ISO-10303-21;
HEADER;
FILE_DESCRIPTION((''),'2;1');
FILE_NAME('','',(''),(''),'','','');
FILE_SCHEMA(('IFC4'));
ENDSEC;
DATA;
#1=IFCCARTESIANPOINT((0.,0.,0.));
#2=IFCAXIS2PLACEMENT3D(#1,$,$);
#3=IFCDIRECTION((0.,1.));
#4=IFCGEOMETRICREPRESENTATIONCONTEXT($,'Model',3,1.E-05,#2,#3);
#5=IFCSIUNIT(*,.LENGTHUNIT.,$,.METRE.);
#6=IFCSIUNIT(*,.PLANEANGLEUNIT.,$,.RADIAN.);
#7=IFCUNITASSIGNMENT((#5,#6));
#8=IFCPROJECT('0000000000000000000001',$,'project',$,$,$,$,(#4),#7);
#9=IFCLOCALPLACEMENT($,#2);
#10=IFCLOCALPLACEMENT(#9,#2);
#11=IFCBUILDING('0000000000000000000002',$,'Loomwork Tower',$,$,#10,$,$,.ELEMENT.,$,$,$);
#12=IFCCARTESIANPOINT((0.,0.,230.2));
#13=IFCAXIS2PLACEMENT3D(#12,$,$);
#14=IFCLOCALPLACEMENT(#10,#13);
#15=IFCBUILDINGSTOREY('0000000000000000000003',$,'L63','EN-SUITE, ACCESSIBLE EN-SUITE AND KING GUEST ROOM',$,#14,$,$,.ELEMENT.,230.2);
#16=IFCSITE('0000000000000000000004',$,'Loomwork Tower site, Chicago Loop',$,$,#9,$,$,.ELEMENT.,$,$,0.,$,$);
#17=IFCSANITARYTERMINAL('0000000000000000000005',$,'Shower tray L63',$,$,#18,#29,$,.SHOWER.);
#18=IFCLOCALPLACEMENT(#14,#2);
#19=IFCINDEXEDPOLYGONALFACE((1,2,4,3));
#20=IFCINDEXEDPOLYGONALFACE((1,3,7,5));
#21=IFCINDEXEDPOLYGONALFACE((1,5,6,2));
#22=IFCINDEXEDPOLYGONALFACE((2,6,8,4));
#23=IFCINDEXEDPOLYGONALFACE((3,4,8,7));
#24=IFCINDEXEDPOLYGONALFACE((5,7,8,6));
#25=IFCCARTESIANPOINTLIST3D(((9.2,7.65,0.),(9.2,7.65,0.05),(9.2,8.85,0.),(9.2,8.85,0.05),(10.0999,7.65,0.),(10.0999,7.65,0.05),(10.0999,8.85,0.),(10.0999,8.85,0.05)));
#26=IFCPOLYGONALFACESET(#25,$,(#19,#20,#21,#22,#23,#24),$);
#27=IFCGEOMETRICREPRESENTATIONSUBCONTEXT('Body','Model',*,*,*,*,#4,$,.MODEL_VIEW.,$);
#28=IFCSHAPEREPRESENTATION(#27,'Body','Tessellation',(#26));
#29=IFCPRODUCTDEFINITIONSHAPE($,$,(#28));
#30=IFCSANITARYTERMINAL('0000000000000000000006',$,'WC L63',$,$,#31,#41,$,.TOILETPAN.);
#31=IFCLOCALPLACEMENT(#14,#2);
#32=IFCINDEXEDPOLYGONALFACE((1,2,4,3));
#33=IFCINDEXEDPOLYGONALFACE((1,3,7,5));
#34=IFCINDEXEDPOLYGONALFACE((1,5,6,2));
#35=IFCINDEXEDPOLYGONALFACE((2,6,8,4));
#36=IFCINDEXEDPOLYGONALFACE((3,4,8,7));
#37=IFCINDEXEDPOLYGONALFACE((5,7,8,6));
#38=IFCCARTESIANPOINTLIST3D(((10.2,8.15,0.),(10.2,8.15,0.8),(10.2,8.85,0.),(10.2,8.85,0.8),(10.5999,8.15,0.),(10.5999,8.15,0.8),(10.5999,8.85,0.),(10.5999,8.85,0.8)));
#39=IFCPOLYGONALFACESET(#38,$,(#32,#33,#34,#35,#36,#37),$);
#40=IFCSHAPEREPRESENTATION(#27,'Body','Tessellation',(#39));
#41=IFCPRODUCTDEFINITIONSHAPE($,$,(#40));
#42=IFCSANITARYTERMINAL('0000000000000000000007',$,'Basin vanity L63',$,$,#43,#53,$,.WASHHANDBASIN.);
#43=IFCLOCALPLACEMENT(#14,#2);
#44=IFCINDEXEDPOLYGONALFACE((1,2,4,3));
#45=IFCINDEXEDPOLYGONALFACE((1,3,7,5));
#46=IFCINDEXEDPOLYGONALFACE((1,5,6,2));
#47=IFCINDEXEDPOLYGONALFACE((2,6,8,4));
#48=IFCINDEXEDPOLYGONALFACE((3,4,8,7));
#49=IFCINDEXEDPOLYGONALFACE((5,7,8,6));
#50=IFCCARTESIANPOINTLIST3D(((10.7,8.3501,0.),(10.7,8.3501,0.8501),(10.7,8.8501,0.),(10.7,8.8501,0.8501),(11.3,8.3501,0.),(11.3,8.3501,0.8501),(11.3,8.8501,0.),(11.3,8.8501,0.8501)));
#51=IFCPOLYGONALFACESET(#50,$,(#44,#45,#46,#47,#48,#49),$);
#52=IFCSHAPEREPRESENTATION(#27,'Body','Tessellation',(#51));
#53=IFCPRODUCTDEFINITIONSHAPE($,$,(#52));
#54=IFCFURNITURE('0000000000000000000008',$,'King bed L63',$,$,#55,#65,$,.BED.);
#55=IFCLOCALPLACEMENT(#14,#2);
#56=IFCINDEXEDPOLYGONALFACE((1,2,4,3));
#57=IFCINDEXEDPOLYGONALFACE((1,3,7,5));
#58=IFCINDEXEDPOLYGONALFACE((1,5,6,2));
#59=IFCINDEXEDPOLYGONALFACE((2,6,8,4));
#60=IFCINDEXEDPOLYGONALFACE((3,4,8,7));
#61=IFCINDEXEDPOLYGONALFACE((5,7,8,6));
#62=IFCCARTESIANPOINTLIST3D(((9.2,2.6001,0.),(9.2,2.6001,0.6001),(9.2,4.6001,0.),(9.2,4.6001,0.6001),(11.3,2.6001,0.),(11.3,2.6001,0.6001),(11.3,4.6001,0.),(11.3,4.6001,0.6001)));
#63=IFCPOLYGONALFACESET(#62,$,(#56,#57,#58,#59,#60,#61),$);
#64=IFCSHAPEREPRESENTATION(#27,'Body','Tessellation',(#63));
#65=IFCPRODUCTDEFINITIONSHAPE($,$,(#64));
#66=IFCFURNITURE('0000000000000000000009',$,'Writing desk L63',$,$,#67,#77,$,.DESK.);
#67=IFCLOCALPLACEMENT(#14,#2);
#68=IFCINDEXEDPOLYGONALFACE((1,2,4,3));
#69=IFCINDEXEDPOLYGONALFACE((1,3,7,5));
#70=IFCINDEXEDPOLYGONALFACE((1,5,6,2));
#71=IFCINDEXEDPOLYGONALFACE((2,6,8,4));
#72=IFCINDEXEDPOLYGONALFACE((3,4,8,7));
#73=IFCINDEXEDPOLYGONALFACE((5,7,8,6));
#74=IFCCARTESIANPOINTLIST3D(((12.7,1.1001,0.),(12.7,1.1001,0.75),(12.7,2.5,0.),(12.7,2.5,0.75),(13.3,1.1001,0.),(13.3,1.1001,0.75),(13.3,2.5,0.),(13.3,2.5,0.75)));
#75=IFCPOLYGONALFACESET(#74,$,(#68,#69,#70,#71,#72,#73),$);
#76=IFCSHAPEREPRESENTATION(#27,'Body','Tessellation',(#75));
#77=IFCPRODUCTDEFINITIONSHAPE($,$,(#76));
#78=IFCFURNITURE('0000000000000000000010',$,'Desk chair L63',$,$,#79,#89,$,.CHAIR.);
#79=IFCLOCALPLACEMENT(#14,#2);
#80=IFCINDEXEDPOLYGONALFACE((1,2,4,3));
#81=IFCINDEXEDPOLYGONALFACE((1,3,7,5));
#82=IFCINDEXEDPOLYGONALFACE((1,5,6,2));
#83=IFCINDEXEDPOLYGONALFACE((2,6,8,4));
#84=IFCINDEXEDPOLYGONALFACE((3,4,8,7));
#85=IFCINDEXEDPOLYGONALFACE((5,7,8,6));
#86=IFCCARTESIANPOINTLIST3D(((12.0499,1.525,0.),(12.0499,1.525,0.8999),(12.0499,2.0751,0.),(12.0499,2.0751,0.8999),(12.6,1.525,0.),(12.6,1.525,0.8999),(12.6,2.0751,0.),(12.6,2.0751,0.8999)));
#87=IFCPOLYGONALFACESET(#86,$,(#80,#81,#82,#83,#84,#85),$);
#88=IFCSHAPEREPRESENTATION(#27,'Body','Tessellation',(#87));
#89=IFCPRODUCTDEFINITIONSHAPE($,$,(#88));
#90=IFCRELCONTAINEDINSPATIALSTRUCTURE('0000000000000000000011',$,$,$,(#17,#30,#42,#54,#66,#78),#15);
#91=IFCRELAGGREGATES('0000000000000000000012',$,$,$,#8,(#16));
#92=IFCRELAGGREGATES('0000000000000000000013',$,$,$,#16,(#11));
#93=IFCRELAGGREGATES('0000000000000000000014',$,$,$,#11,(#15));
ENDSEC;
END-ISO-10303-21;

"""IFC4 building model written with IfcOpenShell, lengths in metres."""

from ifc_helpers import new_model, si_unit, direction, frame, origin, origin_2d, place, context, subcontext, project, spatial, rectangle, extrude, element, save


model = new_model("IFC4")

# Units and contexts
model_context = context("Model", 3, precision=1e-05, world=origin(), true_north=direction((0.0, 1.0)))
body_context = subcontext(model_context, "Body", "Model", "MODEL_VIEW")
ifc_project = project(units=[si_unit("LENGTHUNIT", "METRE"), si_unit("PLANEANGLEUNIT", "RADIAN")], contexts=[model_context])

# Site, building, storey
site_placement = place(None, origin())
site = spatial("IfcSite", under=ifc_project, at=site_placement, Name="Loomwork Tower site, Chicago Loop", CompositionType="ELEMENT", RefElevation=0.0)
building_placement = place(site_placement, origin())
building = spatial("IfcBuilding", under=site, at=building_placement, Name="Loomwork Tower", CompositionType="ELEMENT")
storey_placement = place(building_placement, frame((0.0, 0.0, 230.2)))
storey = spatial("IfcBuildingStorey", under=building, at=storey_placement, Name="L63", Description="EN-SUITE, ACCESSIBLE EN-SUITE AND KING GUEST ROOM", CompositionType="ELEMENT", Elevation=230.2)

# Sanitary terminals
sanitary_terminal_1_placement = place(storey_placement, frame((9.6499, 8.25, 0.0), z_axis=(0.0, 0.0, 1.0), x_axis=(1.0, 0.0, 0.0)))
element("IfcSanitaryTerminal", 1, at=sanitary_terminal_1_placement, inside=storey, Name="Shower tray L63", PredefinedType="SHOWER", context=body_context, shape_type="SweptSolid", body=[
    extrude(rectangle(XDim=0.8999, YDim=1.2, at=origin_2d()), origin(), (0.0, 0.0, 1.0), 0.05),
])
sanitary_terminal_2_placement = place(storey_placement, frame((10.3999, 8.5, 0.0), z_axis=(0.0, 0.0, 1.0), x_axis=(1.0, 0.0, 0.0)))
element("IfcSanitaryTerminal", 2, at=sanitary_terminal_2_placement, inside=storey, Name="WC L63", PredefinedType="TOILETPAN", context=body_context, shape_type="SweptSolid", body=[
    extrude(rectangle(XDim=0.3999, YDim=0.7, at=origin_2d()), origin(), (0.0, 0.0, 1.0), 0.8),
])
sanitary_terminal_3_placement = place(storey_placement, frame((11.0, 8.6001, 0.0), z_axis=(0.0, 0.0, 1.0), x_axis=(1.0, 0.0, 0.0)))
element("IfcSanitaryTerminal", 3, at=sanitary_terminal_3_placement, inside=storey, Name="Basin vanity L63", PredefinedType="WASHHANDBASIN", context=body_context, shape_type="SweptSolid", body=[
    extrude(rectangle(XDim=0.6001, YDim=0.5, at=origin_2d()), origin(), (0.0, 0.0, 1.0), 0.8501),
])

# Furniture
furniture_1_placement = place(storey_placement, frame((10.25, 3.6001, 0.0), z_axis=(0.0, 0.0, 1.0), x_axis=(1.0, 0.0, 0.0)))
element("IfcFurniture", 4, at=furniture_1_placement, inside=storey, Name="King bed L63", PredefinedType="BED", context=body_context, shape_type="SweptSolid", body=[
    extrude(rectangle(XDim=2.1001, YDim=2.0, at=origin_2d()), origin(), (0.0, 0.0, 1.0), 0.6001),
])
furniture_2_placement = place(storey_placement, frame((13.0, 1.8, 0.0), z_axis=(0.0, 0.0, 1.0), x_axis=(1.0, 0.0, 0.0)))
element("IfcFurniture", 5, at=furniture_2_placement, inside=storey, Name="Writing desk L63", PredefinedType="DESK", context=body_context, shape_type="SweptSolid", body=[
    extrude(rectangle(XDim=0.6001, YDim=1.3999, at=origin_2d()), origin(), (0.0, 0.0, 1.0), 0.75),
])
furniture_3_placement = place(storey_placement, frame((12.325, 1.8, 0.0), z_axis=(0.0, 0.0, 1.0), x_axis=(1.0, 0.0, 0.0)))
element("IfcFurniture", 6, at=furniture_3_placement, inside=storey, Name="Desk chair L63", PredefinedType="CHAIR", context=body_context, shape_type="SweptSolid", body=[
    extrude(rectangle(XDim=0.55, YDim=0.55, at=origin_2d()), origin(), (0.0, 0.0, 1.0), 0.8999),
])

save(model, "model.ifc")
